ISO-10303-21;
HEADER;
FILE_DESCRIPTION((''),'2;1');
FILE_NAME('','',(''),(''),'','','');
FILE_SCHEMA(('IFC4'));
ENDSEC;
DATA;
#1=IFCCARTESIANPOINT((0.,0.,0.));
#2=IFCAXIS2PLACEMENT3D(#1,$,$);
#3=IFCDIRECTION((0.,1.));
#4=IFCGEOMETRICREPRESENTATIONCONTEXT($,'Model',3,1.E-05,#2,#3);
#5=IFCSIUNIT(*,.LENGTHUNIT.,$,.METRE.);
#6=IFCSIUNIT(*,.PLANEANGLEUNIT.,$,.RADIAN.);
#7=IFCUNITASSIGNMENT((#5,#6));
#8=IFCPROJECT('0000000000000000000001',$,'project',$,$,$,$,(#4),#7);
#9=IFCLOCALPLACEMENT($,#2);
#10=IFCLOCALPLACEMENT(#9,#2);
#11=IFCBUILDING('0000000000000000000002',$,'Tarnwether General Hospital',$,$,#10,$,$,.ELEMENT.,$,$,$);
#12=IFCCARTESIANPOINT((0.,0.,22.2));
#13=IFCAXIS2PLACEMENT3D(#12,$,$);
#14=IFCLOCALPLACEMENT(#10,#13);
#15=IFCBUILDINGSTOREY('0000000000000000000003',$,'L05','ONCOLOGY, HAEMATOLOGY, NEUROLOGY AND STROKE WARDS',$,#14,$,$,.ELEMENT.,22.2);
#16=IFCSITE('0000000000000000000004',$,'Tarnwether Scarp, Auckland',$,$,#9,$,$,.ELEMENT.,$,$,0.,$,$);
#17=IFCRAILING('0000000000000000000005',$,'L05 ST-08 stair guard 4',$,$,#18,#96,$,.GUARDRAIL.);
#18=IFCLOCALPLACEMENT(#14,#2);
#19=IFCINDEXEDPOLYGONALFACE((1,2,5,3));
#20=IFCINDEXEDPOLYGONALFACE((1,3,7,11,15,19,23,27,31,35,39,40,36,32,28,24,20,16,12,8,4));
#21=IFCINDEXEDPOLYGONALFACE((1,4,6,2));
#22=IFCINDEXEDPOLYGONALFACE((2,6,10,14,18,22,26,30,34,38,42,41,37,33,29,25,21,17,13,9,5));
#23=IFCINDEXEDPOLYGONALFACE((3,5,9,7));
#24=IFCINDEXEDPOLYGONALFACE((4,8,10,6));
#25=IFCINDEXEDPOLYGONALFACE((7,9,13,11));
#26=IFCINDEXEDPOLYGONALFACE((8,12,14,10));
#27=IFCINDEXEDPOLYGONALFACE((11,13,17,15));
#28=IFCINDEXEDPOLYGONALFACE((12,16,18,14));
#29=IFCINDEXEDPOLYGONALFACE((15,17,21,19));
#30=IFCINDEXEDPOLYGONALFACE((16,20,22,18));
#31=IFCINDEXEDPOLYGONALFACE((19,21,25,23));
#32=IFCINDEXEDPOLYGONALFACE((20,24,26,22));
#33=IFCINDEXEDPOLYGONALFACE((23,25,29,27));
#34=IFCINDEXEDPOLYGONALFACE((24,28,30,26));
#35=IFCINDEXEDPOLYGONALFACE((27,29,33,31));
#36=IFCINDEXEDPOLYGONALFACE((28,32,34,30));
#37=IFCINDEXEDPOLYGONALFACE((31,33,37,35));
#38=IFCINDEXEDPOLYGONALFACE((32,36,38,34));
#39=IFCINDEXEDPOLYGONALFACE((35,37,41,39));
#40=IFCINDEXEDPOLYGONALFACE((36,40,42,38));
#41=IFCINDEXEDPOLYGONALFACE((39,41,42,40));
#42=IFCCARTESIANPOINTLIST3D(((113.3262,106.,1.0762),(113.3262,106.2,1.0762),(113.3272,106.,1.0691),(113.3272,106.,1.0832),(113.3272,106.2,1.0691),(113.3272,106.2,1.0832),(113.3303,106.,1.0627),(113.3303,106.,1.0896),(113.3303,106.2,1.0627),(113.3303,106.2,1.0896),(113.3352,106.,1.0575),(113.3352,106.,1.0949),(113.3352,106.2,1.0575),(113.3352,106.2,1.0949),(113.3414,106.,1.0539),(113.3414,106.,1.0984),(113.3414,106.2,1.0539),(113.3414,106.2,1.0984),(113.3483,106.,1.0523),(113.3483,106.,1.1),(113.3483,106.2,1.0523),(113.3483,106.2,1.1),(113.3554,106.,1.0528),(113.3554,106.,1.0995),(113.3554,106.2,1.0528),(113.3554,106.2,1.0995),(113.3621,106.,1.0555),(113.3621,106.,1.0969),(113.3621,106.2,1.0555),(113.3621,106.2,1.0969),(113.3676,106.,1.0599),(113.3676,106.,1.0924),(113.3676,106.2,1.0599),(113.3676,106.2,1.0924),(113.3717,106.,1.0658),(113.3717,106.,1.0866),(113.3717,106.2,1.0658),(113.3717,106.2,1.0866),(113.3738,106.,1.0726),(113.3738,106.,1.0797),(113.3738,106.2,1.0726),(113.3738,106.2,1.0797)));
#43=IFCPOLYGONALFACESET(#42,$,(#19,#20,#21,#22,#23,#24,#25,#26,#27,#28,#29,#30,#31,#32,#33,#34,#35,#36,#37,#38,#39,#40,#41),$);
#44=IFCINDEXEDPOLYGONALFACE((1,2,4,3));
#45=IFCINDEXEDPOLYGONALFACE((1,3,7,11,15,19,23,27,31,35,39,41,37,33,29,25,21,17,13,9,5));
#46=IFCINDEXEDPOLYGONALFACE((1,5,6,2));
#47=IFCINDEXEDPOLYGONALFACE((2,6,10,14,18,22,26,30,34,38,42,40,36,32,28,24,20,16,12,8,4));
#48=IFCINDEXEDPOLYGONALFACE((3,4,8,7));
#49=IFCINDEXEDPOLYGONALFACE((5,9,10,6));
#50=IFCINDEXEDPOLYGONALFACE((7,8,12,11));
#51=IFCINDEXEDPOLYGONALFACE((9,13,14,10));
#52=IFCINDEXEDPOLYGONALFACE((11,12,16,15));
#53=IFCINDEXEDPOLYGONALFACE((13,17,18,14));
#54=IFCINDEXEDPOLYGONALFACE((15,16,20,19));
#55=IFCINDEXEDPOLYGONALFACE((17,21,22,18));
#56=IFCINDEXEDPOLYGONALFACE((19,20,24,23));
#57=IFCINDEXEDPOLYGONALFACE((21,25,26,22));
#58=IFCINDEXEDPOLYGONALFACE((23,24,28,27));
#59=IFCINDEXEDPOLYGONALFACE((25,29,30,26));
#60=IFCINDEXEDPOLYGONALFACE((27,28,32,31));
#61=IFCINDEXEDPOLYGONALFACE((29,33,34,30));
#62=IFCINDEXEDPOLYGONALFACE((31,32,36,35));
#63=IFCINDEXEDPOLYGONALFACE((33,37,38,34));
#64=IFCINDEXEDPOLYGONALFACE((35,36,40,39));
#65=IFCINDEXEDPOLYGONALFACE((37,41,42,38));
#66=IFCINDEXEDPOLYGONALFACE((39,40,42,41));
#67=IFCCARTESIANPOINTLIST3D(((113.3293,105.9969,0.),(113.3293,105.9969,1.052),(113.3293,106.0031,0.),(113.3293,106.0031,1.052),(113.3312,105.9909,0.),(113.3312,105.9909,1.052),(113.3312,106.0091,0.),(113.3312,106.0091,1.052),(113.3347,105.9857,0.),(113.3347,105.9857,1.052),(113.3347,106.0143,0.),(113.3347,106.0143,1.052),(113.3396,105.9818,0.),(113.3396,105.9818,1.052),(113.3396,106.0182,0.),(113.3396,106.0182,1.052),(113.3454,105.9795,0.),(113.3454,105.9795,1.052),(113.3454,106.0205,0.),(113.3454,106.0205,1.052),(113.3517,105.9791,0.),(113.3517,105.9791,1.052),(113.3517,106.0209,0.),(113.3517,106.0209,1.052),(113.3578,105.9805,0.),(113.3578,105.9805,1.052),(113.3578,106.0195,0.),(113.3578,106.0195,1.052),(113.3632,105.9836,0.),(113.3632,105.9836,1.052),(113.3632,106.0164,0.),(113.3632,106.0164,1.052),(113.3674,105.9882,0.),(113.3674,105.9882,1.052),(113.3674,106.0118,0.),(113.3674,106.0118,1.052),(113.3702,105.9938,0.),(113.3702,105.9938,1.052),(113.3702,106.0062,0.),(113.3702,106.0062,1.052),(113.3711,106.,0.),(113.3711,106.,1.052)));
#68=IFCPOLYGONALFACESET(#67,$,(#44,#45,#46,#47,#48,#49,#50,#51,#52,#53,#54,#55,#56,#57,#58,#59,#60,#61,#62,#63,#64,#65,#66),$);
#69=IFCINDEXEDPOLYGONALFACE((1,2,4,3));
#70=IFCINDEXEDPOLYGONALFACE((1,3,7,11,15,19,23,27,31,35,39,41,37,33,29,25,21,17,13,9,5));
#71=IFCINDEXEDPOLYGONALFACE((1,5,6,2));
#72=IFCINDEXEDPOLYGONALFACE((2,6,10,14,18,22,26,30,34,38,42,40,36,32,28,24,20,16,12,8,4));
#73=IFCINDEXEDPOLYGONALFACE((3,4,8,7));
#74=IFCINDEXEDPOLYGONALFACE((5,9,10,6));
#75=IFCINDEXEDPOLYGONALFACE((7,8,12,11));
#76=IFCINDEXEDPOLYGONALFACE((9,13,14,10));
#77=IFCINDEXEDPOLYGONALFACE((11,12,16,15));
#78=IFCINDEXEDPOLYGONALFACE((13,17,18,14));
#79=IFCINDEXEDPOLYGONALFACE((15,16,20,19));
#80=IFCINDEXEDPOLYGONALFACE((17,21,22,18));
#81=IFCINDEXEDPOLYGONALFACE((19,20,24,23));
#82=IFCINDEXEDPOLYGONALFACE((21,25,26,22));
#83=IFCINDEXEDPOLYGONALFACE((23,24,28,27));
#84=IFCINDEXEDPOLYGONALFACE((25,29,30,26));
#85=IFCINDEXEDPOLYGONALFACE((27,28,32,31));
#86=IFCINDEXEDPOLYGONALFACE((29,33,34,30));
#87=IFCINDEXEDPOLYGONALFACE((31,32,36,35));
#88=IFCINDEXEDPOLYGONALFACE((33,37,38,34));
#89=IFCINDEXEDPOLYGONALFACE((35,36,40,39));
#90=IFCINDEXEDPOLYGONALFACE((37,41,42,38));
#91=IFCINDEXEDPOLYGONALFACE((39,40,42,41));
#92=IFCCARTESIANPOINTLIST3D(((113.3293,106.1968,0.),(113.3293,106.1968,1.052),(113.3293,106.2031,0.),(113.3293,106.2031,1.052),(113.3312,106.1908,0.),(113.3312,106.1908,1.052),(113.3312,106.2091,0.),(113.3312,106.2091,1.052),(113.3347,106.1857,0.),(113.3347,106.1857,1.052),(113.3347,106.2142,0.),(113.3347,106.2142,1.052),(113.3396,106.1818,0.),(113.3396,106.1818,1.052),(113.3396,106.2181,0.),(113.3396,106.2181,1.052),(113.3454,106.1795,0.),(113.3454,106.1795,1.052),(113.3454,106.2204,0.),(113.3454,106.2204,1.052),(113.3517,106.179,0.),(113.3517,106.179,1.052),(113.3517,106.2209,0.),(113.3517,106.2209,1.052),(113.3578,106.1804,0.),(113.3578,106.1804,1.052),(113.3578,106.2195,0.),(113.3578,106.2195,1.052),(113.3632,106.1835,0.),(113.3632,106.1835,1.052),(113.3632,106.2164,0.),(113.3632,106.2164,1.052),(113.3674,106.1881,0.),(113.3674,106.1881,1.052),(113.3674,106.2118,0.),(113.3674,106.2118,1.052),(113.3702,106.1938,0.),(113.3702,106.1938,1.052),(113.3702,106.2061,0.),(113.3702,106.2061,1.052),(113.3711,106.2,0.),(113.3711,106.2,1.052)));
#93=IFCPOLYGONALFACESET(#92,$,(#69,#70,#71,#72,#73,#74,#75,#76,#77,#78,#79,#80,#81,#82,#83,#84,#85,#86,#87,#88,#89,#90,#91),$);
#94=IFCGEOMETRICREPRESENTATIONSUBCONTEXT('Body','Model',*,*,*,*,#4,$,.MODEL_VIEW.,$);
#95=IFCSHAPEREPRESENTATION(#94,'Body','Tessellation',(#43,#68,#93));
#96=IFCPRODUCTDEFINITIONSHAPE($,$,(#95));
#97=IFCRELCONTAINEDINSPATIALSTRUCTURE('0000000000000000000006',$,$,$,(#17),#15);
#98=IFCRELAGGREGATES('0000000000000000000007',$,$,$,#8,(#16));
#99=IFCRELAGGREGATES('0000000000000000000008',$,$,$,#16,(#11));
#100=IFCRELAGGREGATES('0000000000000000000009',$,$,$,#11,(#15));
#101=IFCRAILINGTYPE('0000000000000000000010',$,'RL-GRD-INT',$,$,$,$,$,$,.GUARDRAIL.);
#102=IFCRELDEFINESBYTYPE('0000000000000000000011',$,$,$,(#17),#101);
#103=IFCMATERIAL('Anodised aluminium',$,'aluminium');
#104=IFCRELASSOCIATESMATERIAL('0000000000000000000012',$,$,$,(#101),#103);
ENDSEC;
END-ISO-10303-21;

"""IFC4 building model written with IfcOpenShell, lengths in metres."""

from ifc_helpers import new_model, si_unit, direction, frame, origin, origin_2d, place, context, subcontext, project, spatial, circle, extrude, material, type_object, element, save


model = new_model("IFC4")

# Units and contexts
model_context = context("Model", 3, precision=1e-05, world=origin(), true_north=direction((0.0, 1.0)))
body_context = subcontext(model_context, "Body", "Model", "MODEL_VIEW")
ifc_project = project(units=[si_unit("LENGTHUNIT", "METRE"), si_unit("PLANEANGLEUNIT", "RADIAN")], contexts=[model_context])

# Site, building, storey
site_placement = place(None, origin())
site = spatial("IfcSite", under=ifc_project, at=site_placement, Name="Tarnwether Scarp, Auckland", CompositionType="ELEMENT", RefElevation=0.0)
building_placement = place(site_placement, origin())
building = spatial("IfcBuilding", under=site, at=building_placement, Name="Tarnwether General Hospital", CompositionType="ELEMENT")
storey_placement = place(building_placement, frame((0.0, 0.0, 22.2)))
storey = spatial("IfcBuildingStorey", under=building, at=storey_placement, Name="L05", Description="ONCOLOGY, HAEMATOLOGY, NEUROLOGY AND STROKE WARDS", CompositionType="ELEMENT", Elevation=22.2)

# Railing
ifc_material_1 = material(Name="Anodised aluminium", Category="aluminium")
railing_type_1 = type_object("IfcRailingType", Name="RL-GRD-INT", PredefinedType="GUARDRAIL", material=ifc_material_1)
railing_1_placement = place(storey_placement, frame((113.3501, 106.0, 0.0)))
element("IfcRailing", 1, at=railing_1_placement, inside=storey, type_object=railing_type_1, Name="L05 ST-08 stair guard 4", PredefinedType="GUARDRAIL", context=body_context, shape_type="SweptSolid", body=[
    extrude(circle(Radius=0.0239, at=origin_2d()), frame((0.0, 0.0, 1.0762), z_axis=(0.0, 1.0, 0.0), x_axis=(-1.0, 0.0, 0.0)), (0.0, 0.0, 1.0), 0.2),
    extrude(circle(Radius=0.021, at=origin_2d()), origin(), (0.0, 0.0, 1.0), 1.052),
    extrude(circle(Radius=0.021, at=origin_2d()), frame((0.0, 0.2, 0.0)), (0.0, 0.0, 1.0), 1.052),
])

save(model, "model.ifc")
